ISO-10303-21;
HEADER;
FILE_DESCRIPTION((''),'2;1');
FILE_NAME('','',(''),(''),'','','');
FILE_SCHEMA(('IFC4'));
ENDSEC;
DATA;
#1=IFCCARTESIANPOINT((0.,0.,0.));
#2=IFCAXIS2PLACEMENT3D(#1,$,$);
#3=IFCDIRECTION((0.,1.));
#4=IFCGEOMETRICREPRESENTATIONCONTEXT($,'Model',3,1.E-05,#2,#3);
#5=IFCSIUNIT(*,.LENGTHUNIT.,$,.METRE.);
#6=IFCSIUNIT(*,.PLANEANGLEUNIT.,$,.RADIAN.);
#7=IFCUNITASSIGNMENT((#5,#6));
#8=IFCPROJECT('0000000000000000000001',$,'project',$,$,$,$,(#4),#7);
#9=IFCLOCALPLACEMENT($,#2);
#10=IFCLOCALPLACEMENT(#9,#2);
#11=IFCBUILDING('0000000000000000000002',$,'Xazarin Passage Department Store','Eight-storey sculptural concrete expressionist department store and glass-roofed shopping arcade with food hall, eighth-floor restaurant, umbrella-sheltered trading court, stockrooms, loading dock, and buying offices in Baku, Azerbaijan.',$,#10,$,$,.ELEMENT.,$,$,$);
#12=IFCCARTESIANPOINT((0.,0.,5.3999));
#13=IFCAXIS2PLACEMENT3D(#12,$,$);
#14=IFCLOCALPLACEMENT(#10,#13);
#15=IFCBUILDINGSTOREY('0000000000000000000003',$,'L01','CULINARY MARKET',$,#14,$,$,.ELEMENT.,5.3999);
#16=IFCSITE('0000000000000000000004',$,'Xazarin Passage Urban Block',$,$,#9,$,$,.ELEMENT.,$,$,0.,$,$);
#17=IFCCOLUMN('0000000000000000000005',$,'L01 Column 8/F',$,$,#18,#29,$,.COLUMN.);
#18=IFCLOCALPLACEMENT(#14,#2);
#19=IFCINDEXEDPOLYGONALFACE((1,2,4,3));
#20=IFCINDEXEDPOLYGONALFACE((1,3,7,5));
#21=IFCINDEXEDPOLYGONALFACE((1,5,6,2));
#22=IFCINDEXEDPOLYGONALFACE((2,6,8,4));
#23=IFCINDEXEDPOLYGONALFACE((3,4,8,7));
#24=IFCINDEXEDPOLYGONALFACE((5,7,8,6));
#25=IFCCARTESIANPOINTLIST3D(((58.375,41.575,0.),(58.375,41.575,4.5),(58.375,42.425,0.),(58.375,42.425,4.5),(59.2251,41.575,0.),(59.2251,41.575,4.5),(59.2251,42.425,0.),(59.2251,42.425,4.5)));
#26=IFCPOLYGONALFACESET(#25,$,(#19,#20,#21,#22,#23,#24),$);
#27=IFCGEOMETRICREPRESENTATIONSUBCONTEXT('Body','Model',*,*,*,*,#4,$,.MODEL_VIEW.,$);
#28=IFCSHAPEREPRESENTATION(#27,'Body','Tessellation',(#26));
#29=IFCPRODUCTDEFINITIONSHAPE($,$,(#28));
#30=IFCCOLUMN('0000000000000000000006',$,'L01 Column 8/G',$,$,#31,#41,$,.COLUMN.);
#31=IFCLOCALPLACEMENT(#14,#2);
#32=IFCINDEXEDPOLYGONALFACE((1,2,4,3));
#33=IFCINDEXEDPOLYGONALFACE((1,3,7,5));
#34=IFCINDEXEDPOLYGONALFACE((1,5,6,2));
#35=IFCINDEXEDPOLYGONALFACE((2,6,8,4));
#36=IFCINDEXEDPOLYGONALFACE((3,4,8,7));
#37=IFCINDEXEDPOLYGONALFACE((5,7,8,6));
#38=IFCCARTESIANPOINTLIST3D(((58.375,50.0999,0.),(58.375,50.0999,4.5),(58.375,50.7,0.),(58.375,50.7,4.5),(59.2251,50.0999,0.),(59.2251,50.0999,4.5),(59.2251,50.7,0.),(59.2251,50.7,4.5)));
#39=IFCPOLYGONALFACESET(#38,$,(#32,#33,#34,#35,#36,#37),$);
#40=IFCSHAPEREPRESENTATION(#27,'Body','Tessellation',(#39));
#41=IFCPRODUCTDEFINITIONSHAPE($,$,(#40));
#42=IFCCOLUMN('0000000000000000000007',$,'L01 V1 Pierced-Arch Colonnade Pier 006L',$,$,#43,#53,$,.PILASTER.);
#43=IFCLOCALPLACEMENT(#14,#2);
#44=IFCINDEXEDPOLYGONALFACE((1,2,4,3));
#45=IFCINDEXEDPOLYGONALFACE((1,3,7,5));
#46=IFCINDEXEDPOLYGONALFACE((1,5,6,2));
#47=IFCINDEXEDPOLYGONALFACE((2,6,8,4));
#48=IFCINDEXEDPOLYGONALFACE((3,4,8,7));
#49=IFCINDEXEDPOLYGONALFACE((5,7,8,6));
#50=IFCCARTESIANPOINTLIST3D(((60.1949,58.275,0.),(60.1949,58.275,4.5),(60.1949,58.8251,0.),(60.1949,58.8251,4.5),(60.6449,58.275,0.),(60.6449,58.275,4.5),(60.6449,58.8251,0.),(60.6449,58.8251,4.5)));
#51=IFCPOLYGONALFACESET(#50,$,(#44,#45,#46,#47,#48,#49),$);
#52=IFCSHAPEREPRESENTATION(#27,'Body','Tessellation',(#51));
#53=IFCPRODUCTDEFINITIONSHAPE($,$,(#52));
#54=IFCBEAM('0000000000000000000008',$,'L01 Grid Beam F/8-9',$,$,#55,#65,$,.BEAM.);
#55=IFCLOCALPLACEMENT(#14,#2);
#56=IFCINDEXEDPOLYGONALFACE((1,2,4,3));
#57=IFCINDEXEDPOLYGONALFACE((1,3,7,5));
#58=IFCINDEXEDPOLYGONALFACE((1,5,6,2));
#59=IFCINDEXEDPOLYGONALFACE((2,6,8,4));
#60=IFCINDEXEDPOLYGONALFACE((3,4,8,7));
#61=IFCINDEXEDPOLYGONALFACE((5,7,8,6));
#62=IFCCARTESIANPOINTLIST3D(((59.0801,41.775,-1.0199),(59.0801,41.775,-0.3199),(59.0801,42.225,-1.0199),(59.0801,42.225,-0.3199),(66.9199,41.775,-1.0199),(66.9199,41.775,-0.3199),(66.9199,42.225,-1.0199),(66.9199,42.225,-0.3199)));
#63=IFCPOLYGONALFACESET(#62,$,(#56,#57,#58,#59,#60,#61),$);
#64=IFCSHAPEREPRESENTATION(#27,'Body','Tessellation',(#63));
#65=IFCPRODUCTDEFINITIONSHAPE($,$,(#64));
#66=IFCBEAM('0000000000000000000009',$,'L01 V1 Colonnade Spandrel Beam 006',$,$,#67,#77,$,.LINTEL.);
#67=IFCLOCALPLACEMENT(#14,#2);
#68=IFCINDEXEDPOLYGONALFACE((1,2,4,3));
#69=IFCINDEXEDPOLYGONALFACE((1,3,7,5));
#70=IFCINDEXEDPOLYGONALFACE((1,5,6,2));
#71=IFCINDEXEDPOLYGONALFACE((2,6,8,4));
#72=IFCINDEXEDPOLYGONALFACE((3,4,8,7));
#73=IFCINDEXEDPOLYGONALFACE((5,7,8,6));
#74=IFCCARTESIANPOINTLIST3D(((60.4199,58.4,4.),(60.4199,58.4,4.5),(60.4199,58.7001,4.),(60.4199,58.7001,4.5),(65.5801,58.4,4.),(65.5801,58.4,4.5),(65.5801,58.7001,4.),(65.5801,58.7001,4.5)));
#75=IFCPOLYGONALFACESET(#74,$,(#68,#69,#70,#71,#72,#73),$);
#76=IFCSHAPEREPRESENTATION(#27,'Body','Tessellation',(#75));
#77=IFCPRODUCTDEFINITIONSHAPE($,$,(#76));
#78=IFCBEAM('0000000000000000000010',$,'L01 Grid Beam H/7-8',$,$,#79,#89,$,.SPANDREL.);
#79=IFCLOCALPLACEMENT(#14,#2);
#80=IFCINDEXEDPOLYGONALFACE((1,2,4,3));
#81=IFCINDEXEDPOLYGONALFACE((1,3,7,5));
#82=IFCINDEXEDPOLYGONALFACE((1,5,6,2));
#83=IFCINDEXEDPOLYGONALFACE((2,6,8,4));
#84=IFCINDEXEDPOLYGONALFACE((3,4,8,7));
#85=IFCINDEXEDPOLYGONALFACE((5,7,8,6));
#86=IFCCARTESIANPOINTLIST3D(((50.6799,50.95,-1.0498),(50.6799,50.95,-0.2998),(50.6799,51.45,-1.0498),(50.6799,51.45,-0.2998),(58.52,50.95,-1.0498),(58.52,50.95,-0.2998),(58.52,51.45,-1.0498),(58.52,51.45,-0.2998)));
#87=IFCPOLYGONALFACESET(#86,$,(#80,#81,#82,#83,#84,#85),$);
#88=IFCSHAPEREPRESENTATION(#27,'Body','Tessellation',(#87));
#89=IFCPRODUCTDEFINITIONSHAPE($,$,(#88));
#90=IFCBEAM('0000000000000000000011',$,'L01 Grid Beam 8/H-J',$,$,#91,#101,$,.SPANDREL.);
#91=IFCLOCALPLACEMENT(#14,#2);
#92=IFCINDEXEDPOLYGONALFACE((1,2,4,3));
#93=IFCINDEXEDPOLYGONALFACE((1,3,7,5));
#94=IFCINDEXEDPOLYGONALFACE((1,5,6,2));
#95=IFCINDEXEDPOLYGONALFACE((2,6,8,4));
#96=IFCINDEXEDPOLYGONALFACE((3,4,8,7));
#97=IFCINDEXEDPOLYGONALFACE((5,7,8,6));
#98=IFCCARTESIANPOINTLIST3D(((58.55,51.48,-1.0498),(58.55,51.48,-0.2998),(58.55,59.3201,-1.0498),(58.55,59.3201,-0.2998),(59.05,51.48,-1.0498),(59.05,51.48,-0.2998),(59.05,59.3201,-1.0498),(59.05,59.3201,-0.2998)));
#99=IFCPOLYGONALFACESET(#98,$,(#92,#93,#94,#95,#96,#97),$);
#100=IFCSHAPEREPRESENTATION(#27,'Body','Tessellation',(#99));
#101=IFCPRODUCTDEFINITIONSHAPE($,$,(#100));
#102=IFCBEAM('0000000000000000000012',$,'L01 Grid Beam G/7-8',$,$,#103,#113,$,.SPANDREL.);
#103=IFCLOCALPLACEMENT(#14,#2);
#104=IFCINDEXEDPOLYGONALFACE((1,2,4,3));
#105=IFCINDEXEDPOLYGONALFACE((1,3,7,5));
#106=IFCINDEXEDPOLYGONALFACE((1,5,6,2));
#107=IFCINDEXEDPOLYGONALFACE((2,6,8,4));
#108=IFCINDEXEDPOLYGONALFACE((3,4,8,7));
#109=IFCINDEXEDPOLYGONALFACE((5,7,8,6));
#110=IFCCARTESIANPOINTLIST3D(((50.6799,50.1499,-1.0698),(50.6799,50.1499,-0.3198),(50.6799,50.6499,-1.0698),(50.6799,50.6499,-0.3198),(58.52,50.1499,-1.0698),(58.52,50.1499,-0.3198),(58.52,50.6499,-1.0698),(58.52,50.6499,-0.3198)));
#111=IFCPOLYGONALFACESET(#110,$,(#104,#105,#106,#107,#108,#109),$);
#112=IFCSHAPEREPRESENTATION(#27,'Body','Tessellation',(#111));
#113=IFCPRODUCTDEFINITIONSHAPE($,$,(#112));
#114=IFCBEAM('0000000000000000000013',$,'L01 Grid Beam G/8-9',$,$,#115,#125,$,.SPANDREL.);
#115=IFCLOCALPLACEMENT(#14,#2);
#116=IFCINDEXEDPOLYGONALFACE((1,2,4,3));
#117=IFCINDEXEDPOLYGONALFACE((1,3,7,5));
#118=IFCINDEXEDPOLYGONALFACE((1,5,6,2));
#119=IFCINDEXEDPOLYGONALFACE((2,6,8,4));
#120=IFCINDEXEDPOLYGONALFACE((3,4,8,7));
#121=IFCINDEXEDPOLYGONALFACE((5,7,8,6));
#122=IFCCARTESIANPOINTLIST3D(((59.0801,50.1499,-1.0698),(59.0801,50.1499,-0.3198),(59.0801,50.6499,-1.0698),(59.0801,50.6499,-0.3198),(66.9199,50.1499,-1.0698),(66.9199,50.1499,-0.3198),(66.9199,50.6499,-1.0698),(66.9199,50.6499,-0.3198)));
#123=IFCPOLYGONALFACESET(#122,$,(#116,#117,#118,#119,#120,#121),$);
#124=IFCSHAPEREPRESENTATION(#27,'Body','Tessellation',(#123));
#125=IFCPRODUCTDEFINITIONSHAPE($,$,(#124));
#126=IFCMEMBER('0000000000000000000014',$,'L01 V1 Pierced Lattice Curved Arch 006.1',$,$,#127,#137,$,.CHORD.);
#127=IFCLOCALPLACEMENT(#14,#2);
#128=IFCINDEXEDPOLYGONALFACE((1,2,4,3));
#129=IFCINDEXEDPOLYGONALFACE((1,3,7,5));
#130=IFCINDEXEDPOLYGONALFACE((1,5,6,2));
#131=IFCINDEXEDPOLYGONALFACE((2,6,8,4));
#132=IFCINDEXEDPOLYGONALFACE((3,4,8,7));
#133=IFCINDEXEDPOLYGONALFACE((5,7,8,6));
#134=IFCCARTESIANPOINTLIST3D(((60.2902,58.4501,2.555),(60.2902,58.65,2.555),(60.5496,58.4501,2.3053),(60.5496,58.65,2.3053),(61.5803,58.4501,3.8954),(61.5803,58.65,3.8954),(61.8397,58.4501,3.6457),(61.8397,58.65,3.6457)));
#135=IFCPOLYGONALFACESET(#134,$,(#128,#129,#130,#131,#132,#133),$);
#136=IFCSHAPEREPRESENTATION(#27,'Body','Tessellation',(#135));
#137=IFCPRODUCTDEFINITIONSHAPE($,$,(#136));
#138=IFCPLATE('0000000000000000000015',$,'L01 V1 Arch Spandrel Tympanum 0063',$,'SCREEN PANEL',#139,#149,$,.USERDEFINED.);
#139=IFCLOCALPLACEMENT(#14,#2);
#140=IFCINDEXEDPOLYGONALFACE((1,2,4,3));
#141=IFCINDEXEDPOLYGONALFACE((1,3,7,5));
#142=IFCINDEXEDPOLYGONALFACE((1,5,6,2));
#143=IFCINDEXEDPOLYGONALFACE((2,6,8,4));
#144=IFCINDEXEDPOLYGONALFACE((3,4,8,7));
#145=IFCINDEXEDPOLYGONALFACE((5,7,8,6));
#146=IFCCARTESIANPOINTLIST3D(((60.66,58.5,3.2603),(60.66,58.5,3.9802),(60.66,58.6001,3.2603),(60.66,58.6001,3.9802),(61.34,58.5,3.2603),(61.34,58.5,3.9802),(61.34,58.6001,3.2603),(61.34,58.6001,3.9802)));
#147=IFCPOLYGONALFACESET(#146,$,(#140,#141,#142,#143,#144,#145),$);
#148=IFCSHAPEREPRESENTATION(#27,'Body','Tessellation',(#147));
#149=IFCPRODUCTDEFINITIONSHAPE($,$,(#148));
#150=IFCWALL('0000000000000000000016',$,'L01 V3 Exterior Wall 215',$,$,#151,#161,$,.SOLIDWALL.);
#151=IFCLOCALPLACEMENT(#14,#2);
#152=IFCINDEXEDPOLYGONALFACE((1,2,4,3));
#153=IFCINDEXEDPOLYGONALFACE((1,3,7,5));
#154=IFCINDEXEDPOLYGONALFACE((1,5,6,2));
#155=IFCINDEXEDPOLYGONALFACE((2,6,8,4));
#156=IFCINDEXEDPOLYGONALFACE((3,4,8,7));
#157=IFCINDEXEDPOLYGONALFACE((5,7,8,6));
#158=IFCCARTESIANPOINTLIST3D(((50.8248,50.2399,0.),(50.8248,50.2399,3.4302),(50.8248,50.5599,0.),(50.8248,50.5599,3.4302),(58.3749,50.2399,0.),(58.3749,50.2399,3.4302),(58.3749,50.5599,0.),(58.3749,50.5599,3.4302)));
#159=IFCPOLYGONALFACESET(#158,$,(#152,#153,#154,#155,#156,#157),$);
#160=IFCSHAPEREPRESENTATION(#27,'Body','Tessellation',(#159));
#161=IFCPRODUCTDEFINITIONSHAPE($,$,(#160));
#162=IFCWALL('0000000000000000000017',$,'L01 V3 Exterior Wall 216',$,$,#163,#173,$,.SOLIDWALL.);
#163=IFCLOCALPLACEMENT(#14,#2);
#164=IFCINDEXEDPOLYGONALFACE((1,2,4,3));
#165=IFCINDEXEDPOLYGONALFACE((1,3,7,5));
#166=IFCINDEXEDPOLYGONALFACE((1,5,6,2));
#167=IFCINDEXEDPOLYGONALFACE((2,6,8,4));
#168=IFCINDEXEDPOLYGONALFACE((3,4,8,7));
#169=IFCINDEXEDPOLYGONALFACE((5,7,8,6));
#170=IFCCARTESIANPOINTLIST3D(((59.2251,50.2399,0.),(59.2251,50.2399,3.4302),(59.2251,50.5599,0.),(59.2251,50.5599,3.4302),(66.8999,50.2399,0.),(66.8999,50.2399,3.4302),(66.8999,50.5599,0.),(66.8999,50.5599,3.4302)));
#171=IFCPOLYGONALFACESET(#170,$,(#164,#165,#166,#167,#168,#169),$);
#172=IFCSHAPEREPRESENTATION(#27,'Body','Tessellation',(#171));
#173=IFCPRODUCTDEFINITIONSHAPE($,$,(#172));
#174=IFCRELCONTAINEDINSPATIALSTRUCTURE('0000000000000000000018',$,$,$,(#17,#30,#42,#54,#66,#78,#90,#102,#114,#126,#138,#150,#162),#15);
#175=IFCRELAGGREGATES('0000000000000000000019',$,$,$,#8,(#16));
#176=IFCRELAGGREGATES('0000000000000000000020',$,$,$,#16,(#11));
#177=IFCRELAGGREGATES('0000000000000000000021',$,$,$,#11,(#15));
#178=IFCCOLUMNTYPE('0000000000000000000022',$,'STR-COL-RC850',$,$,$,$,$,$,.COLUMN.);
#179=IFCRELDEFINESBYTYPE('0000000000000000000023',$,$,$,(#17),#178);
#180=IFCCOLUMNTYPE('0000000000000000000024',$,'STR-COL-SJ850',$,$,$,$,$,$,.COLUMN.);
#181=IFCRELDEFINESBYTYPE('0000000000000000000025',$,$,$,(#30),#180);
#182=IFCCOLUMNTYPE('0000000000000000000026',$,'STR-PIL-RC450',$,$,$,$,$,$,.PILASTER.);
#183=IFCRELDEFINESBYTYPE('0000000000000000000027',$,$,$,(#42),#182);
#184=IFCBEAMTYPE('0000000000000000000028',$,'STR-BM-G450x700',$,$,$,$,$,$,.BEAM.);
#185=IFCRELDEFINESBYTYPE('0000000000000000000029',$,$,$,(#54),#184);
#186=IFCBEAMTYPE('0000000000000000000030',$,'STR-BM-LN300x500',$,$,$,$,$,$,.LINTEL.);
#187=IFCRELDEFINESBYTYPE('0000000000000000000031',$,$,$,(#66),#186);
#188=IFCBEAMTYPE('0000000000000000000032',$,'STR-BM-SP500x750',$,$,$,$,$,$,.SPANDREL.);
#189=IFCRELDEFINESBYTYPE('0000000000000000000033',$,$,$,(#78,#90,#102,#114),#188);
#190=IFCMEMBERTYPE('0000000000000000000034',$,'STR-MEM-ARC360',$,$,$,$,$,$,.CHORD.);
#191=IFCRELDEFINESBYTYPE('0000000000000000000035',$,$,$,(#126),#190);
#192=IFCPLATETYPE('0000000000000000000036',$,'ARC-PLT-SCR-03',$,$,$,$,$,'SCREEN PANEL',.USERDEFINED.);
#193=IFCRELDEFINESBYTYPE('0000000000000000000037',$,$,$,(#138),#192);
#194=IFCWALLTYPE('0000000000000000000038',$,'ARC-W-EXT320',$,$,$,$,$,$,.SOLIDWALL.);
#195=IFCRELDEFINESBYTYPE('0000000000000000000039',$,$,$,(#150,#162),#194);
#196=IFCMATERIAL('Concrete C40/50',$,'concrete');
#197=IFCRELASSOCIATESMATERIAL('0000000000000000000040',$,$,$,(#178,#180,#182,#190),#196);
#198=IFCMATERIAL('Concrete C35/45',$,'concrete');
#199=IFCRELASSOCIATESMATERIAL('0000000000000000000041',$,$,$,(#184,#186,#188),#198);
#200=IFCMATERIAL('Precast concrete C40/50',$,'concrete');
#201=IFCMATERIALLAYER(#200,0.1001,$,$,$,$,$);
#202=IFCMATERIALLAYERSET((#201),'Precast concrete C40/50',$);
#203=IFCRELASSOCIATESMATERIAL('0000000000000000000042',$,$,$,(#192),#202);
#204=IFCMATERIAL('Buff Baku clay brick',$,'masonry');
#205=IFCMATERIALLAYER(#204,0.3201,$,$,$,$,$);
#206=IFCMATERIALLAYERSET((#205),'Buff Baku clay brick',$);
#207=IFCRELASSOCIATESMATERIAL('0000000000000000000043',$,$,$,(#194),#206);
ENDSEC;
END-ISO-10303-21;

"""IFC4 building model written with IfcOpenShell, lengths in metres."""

from ifc_helpers import new_model, si_unit, direction, frame, frame_2d, origin, origin_2d, place, context, subcontext, project, spatial, rectangle, extrude, material, layer, layer_set, material_profile, profile_set, type_object, element, save


model = new_model("IFC4")

# Units and contexts
model_context = context("Model", 3, precision=1e-05, world=origin(), true_north=direction((0.0, 1.0)))
body_context = subcontext(model_context, "Body", "Model", "MODEL_VIEW")
ifc_project = project(units=[si_unit("LENGTHUNIT", "METRE"), si_unit("PLANEANGLEUNIT", "RADIAN")], contexts=[model_context])

# Site, building, storey
site_placement = place(None, origin())
site = spatial("IfcSite", under=ifc_project, at=site_placement, Name="Xazarin Passage Urban Block", CompositionType="ELEMENT", RefElevation=0.0)
building_placement = place(site_placement, origin())
building = spatial("IfcBuilding", under=site, at=building_placement, Name="Xazarin Passage Department Store", Description="Eight-storey sculptural concrete expressionist department store and glass-roofed shopping arcade with food hall, eighth-floor restaurant, umbrella-sheltered trading court, stockrooms, loading dock, and buying offices in Baku, Azerbaijan.", CompositionType="ELEMENT")
storey_placement = place(building_placement, frame((0.0, 0.0, 5.3999)))
storey = spatial("IfcBuildingStorey", under=building, at=storey_placement, Name="L01", Description="CULINARY MARKET", CompositionType="ELEMENT", Elevation=5.3999)

# Columns
ifc_material_1 = material(Name="Concrete C40/50", Category="concrete")
ifc_material_profile_1 = material_profile(ifc_material_1, rectangle(XDim=0.8501, YDim=0.8501, at=origin_2d()), Name="RC 850x850")
ifc_profile_set_1 = profile_set([ifc_material_profile_1], Name="Concrete C40/50")
column_type_1 = type_object("IfcColumnType", Name="STR-COL-RC850", PredefinedType="COLUMN", material=ifc_profile_set_1)
column_1_placement = place(storey_placement, frame((58.8, 42.0, 0.0), z_axis=(0.0, 0.0, 1.0), x_axis=(1.0, 0.0, 0.0)))
element("IfcColumn", 1, at=column_1_placement, inside=storey, type_object=column_type_1, Name="L01 Column 8/F", PredefinedType="COLUMN", context=body_context, shape_type="SweptSolid", body=[
    extrude(rectangle(XDim=0.8501, YDim=0.8501, at=origin_2d()), origin(), (0.0, 0.0, 1.0), 4.5),
])
ifc_material_profile_2 = material_profile(ifc_material_1, rectangle(XDim=0.6001, YDim=0.8501, at=origin_2d()), Name="RC 600x850")
ifc_profile_set_2 = profile_set([ifc_material_profile_2], Name="Concrete C40/50")
column_type_2 = type_object("IfcColumnType", Name="STR-COL-SJ850", PredefinedType="COLUMN", material=ifc_profile_set_2)
column_2_placement = place(storey_placement, frame((58.8, 50.3999, 0.0), z_axis=(0.0, 0.0, 1.0), x_axis=(0.0, 1.0, 0.0)))
element("IfcColumn", 2, at=column_2_placement, inside=storey, type_object=column_type_2, Name="L01 Column 8/G", PredefinedType="COLUMN", context=body_context, shape_type="SweptSolid", body=[
    extrude(rectangle(XDim=0.6001, YDim=0.8501, at=origin_2d()), origin(), (0.0, 0.0, 1.0), 4.5),
])
ifc_material_profile_3 = material_profile(ifc_material_1, rectangle(XDim=0.45, YDim=0.55, at=origin_2d()), Name="RC 450x550")
ifc_profile_set_3 = profile_set([ifc_material_profile_3], Name="Concrete C40/50")
column_type_3 = type_object("IfcColumnType", Name="STR-PIL-RC450", PredefinedType="PILASTER", material=ifc_profile_set_3)
column_3_placement = place(storey_placement, frame((60.4199, 58.55, 0.0), z_axis=(0.0, 0.0, 1.0), x_axis=(1.0, 0.0, 0.0)))
element("IfcColumn", 3, at=column_3_placement, inside=storey, type_object=column_type_3, Name="L01 V1 Pierced-Arch Colonnade Pier 006L", PredefinedType="PILASTER", context=body_context, shape_type="SweptSolid", body=[
    extrude(rectangle(XDim=0.45, YDim=0.55, at=origin_2d()), origin(), (0.0, 0.0, 1.0), 4.5),
])

# Beams
ifc_material_2 = material(Name="Concrete C35/45", Category="concrete")
ifc_material_profile_4 = material_profile(ifc_material_2, rectangle(XDim=0.45, YDim=0.7, at=origin_2d()), Name="RC 450x700")
ifc_profile_set_4 = profile_set([ifc_material_profile_4], Name="Concrete C35/45")
beam_type_1 = type_object("IfcBeamType", Name="STR-BM-G450x700", PredefinedType="BEAM", material=ifc_profile_set_4)
beam_1_placement = place(storey_placement, frame((59.0801, 42.0, -0.6699), z_axis=(1.0, 0.0, 0.0), x_axis=(0.0, 1.0, 0.0)))
element("IfcBeam", 4, at=beam_1_placement, inside=storey, type_object=beam_type_1, Name="L01 Grid Beam F/8-9", PredefinedType="BEAM", context=body_context, shape_type="SweptSolid", body=[
    extrude(rectangle(XDim=0.45, YDim=0.7, at=origin_2d()), origin(), (0.0, 0.0, 1.0), 7.8398),
])
ifc_material_profile_5 = material_profile(ifc_material_2, rectangle(XDim=0.3, YDim=0.5, at=origin_2d()), Name="RC 300x500")
ifc_profile_set_5 = profile_set([ifc_material_profile_5], Name="Concrete C35/45")
beam_type_2 = type_object("IfcBeamType", Name="STR-BM-LN300x500", PredefinedType="LINTEL", material=ifc_profile_set_5)
beam_2_placement = place(storey_placement, frame((60.4199, 58.55, 4.25), z_axis=(1.0, 0.0, 0.0), x_axis=(0.0, 1.0, 0.0)))
element("IfcBeam", 5, at=beam_2_placement, inside=storey, type_object=beam_type_2, Name="L01 V1 Colonnade Spandrel Beam 006", PredefinedType="LINTEL", context=body_context, shape_type="SweptSolid", body=[
    extrude(rectangle(XDim=0.3, YDim=0.5, at=origin_2d()), origin(), (0.0, 0.0, 1.0), 5.1602),
])
ifc_material_profile_6 = material_profile(ifc_material_2, rectangle(XDim=0.5, YDim=0.75, at=origin_2d()), Name="RC 500x750")
ifc_profile_set_6 = profile_set([ifc_material_profile_6], Name="Concrete C35/45")
beam_type_3 = type_object("IfcBeamType", Name="STR-BM-SP500x750", PredefinedType="SPANDREL", material=ifc_profile_set_6)
for number, where, z_axis, x_axis, name in (
    (6, (50.6799, 51.2, -0.6748), (1.0, 0.0, 0.0), (0.0, 1.0, 0.0), "L01 Grid Beam H/7-8"),
    (7, (58.8, 51.48, -0.6748), (0.0, 1.0, 0.0), (-1.0, 0.0, 0.0), "L01 Grid Beam 8/H-J"),
    (8, (50.6799, 50.3999, -0.6948), (1.0, 0.0, 0.0), (0.0, 1.0, 0.0), "L01 Grid Beam G/7-8"),
):
    element("IfcBeam", number, at=place(storey_placement, frame(where, z_axis=z_axis, x_axis=x_axis)), inside=storey, type_object=beam_type_3, Name=name, PredefinedType="SPANDREL", context=body_context, shape_type="SweptSolid", body=[
        extrude(rectangle(XDim=0.5, YDim=0.75, at=origin_2d()), origin(), (0.0, 0.0, 1.0), 7.8401),
    ])
beam_3_placement = place(storey_placement, frame((59.0801, 50.3999, -0.6948), z_axis=(1.0, 0.0, 0.0), x_axis=(0.0, 1.0, 0.0)))
element("IfcBeam", 9, at=beam_3_placement, inside=storey, type_object=beam_type_3, Name="L01 Grid Beam G/8-9", PredefinedType="SPANDREL", context=body_context, shape_type="SweptSolid", body=[
    extrude(rectangle(XDim=0.5, YDim=0.75, at=origin_2d()), origin(), (0.0, 0.0, 1.0), 7.8398),
])

# Member
ifc_material_profile_7 = material_profile(ifc_material_1, rectangle(XDim=0.2, YDim=0.3601, at=origin_2d()), Name="RC 200x360")
ifc_profile_set_7 = profile_set([ifc_material_profile_7], Name="Concrete C40/50")
member_type = type_object("IfcMemberType", Name="STR-MEM-ARC360", PredefinedType="CHORD", material=ifc_profile_set_7)
member_placement = place(storey_placement, frame((60.4199, 58.55, 2.4302), z_axis=(0.69346, 0.0, 0.720495), x_axis=(0.0, 1.0, 0.0)))
element("IfcMember", 10, at=member_placement, inside=storey, type_object=member_type, Name="L01 V1 Pierced Lattice Curved Arch 006.1", PredefinedType="CHORD", context=body_context, shape_type="SweptSolid", body=[
    extrude(rectangle(XDim=0.2, YDim=0.3601, at=origin_2d()), origin(), (0.0, 0.0, 1.0), 1.8604),
])

# Plate
ifc_material_3 = material(Name="Precast concrete C40/50", Category="concrete")
ifc_layer_1 = layer(ifc_material_3, 0.1001)
ifc_layer_set_1 = layer_set([ifc_layer_1], Name="Precast concrete C40/50")
plate_type = type_object("IfcPlateType", Name="ARC-PLT-SCR-03", ElementType="SCREEN PANEL", PredefinedType="USERDEFINED", material=ifc_layer_set_1)
plate_placement = place(storey_placement, frame((61.0, 58.55, 3.2603), z_axis=(0.0, 0.0, 1.0), x_axis=(1.0, 0.0, 0.0)))
element("IfcPlate", 11, at=plate_placement, inside=storey, type_object=plate_type, Name="L01 V1 Arch Spandrel Tympanum 0063", ObjectType="SCREEN PANEL", PredefinedType="USERDEFINED", context=body_context, shape_type="SweptSolid", body=[
    extrude(rectangle(XDim=0.6799, YDim=0.1001, at=origin_2d()), origin(), (0.0, 0.0, 1.0), 0.72),
])

# Walls
ifc_material_4 = material(Name="Buff Baku clay brick", Category="masonry")
ifc_layer_2 = layer(ifc_material_4, 0.3201)
ifc_layer_set_2 = layer_set([ifc_layer_2], Name="Buff Baku clay brick")
wall_type_1 = type_object("IfcWallType", Name="ARC-W-EXT320", PredefinedType="SOLIDWALL", material=ifc_layer_set_2)
wall_1_placement = place(storey_placement, frame((50.825, 50.3999, 0.0), z_axis=(0.0, 0.0, 1.0), x_axis=(1.0, 0.0, 0.0)))
element("IfcWall", 12, at=wall_1_placement, inside=storey, type_object=wall_type_1, Name="L01 V3 Exterior Wall 215", PredefinedType="SOLIDWALL", context=body_context, shape_type="SweptSolid", body=[
    extrude(rectangle(XDim=7.55, YDim=0.3201, at=frame_2d((3.7749, 0.0))), origin(), (0.0, 0.0, 1.0), 3.4302),
])
wall_2_placement = place(storey_placement, frame((59.2251, 50.3999, 0.0), z_axis=(0.0, 0.0, 1.0), x_axis=(1.0, 0.0, 0.0)))
element("IfcWall", 13, at=wall_2_placement, inside=storey, type_object=wall_type_1, Name="L01 V3 Exterior Wall 216", PredefinedType="SOLIDWALL", context=body_context, shape_type="SweptSolid", body=[
    extrude(rectangle(XDim=7.6748, YDim=0.3201, at=frame_2d((3.8374, 0.0))), origin(), (0.0, 0.0, 1.0), 3.4302),
])

save(model, "model.ifc")
